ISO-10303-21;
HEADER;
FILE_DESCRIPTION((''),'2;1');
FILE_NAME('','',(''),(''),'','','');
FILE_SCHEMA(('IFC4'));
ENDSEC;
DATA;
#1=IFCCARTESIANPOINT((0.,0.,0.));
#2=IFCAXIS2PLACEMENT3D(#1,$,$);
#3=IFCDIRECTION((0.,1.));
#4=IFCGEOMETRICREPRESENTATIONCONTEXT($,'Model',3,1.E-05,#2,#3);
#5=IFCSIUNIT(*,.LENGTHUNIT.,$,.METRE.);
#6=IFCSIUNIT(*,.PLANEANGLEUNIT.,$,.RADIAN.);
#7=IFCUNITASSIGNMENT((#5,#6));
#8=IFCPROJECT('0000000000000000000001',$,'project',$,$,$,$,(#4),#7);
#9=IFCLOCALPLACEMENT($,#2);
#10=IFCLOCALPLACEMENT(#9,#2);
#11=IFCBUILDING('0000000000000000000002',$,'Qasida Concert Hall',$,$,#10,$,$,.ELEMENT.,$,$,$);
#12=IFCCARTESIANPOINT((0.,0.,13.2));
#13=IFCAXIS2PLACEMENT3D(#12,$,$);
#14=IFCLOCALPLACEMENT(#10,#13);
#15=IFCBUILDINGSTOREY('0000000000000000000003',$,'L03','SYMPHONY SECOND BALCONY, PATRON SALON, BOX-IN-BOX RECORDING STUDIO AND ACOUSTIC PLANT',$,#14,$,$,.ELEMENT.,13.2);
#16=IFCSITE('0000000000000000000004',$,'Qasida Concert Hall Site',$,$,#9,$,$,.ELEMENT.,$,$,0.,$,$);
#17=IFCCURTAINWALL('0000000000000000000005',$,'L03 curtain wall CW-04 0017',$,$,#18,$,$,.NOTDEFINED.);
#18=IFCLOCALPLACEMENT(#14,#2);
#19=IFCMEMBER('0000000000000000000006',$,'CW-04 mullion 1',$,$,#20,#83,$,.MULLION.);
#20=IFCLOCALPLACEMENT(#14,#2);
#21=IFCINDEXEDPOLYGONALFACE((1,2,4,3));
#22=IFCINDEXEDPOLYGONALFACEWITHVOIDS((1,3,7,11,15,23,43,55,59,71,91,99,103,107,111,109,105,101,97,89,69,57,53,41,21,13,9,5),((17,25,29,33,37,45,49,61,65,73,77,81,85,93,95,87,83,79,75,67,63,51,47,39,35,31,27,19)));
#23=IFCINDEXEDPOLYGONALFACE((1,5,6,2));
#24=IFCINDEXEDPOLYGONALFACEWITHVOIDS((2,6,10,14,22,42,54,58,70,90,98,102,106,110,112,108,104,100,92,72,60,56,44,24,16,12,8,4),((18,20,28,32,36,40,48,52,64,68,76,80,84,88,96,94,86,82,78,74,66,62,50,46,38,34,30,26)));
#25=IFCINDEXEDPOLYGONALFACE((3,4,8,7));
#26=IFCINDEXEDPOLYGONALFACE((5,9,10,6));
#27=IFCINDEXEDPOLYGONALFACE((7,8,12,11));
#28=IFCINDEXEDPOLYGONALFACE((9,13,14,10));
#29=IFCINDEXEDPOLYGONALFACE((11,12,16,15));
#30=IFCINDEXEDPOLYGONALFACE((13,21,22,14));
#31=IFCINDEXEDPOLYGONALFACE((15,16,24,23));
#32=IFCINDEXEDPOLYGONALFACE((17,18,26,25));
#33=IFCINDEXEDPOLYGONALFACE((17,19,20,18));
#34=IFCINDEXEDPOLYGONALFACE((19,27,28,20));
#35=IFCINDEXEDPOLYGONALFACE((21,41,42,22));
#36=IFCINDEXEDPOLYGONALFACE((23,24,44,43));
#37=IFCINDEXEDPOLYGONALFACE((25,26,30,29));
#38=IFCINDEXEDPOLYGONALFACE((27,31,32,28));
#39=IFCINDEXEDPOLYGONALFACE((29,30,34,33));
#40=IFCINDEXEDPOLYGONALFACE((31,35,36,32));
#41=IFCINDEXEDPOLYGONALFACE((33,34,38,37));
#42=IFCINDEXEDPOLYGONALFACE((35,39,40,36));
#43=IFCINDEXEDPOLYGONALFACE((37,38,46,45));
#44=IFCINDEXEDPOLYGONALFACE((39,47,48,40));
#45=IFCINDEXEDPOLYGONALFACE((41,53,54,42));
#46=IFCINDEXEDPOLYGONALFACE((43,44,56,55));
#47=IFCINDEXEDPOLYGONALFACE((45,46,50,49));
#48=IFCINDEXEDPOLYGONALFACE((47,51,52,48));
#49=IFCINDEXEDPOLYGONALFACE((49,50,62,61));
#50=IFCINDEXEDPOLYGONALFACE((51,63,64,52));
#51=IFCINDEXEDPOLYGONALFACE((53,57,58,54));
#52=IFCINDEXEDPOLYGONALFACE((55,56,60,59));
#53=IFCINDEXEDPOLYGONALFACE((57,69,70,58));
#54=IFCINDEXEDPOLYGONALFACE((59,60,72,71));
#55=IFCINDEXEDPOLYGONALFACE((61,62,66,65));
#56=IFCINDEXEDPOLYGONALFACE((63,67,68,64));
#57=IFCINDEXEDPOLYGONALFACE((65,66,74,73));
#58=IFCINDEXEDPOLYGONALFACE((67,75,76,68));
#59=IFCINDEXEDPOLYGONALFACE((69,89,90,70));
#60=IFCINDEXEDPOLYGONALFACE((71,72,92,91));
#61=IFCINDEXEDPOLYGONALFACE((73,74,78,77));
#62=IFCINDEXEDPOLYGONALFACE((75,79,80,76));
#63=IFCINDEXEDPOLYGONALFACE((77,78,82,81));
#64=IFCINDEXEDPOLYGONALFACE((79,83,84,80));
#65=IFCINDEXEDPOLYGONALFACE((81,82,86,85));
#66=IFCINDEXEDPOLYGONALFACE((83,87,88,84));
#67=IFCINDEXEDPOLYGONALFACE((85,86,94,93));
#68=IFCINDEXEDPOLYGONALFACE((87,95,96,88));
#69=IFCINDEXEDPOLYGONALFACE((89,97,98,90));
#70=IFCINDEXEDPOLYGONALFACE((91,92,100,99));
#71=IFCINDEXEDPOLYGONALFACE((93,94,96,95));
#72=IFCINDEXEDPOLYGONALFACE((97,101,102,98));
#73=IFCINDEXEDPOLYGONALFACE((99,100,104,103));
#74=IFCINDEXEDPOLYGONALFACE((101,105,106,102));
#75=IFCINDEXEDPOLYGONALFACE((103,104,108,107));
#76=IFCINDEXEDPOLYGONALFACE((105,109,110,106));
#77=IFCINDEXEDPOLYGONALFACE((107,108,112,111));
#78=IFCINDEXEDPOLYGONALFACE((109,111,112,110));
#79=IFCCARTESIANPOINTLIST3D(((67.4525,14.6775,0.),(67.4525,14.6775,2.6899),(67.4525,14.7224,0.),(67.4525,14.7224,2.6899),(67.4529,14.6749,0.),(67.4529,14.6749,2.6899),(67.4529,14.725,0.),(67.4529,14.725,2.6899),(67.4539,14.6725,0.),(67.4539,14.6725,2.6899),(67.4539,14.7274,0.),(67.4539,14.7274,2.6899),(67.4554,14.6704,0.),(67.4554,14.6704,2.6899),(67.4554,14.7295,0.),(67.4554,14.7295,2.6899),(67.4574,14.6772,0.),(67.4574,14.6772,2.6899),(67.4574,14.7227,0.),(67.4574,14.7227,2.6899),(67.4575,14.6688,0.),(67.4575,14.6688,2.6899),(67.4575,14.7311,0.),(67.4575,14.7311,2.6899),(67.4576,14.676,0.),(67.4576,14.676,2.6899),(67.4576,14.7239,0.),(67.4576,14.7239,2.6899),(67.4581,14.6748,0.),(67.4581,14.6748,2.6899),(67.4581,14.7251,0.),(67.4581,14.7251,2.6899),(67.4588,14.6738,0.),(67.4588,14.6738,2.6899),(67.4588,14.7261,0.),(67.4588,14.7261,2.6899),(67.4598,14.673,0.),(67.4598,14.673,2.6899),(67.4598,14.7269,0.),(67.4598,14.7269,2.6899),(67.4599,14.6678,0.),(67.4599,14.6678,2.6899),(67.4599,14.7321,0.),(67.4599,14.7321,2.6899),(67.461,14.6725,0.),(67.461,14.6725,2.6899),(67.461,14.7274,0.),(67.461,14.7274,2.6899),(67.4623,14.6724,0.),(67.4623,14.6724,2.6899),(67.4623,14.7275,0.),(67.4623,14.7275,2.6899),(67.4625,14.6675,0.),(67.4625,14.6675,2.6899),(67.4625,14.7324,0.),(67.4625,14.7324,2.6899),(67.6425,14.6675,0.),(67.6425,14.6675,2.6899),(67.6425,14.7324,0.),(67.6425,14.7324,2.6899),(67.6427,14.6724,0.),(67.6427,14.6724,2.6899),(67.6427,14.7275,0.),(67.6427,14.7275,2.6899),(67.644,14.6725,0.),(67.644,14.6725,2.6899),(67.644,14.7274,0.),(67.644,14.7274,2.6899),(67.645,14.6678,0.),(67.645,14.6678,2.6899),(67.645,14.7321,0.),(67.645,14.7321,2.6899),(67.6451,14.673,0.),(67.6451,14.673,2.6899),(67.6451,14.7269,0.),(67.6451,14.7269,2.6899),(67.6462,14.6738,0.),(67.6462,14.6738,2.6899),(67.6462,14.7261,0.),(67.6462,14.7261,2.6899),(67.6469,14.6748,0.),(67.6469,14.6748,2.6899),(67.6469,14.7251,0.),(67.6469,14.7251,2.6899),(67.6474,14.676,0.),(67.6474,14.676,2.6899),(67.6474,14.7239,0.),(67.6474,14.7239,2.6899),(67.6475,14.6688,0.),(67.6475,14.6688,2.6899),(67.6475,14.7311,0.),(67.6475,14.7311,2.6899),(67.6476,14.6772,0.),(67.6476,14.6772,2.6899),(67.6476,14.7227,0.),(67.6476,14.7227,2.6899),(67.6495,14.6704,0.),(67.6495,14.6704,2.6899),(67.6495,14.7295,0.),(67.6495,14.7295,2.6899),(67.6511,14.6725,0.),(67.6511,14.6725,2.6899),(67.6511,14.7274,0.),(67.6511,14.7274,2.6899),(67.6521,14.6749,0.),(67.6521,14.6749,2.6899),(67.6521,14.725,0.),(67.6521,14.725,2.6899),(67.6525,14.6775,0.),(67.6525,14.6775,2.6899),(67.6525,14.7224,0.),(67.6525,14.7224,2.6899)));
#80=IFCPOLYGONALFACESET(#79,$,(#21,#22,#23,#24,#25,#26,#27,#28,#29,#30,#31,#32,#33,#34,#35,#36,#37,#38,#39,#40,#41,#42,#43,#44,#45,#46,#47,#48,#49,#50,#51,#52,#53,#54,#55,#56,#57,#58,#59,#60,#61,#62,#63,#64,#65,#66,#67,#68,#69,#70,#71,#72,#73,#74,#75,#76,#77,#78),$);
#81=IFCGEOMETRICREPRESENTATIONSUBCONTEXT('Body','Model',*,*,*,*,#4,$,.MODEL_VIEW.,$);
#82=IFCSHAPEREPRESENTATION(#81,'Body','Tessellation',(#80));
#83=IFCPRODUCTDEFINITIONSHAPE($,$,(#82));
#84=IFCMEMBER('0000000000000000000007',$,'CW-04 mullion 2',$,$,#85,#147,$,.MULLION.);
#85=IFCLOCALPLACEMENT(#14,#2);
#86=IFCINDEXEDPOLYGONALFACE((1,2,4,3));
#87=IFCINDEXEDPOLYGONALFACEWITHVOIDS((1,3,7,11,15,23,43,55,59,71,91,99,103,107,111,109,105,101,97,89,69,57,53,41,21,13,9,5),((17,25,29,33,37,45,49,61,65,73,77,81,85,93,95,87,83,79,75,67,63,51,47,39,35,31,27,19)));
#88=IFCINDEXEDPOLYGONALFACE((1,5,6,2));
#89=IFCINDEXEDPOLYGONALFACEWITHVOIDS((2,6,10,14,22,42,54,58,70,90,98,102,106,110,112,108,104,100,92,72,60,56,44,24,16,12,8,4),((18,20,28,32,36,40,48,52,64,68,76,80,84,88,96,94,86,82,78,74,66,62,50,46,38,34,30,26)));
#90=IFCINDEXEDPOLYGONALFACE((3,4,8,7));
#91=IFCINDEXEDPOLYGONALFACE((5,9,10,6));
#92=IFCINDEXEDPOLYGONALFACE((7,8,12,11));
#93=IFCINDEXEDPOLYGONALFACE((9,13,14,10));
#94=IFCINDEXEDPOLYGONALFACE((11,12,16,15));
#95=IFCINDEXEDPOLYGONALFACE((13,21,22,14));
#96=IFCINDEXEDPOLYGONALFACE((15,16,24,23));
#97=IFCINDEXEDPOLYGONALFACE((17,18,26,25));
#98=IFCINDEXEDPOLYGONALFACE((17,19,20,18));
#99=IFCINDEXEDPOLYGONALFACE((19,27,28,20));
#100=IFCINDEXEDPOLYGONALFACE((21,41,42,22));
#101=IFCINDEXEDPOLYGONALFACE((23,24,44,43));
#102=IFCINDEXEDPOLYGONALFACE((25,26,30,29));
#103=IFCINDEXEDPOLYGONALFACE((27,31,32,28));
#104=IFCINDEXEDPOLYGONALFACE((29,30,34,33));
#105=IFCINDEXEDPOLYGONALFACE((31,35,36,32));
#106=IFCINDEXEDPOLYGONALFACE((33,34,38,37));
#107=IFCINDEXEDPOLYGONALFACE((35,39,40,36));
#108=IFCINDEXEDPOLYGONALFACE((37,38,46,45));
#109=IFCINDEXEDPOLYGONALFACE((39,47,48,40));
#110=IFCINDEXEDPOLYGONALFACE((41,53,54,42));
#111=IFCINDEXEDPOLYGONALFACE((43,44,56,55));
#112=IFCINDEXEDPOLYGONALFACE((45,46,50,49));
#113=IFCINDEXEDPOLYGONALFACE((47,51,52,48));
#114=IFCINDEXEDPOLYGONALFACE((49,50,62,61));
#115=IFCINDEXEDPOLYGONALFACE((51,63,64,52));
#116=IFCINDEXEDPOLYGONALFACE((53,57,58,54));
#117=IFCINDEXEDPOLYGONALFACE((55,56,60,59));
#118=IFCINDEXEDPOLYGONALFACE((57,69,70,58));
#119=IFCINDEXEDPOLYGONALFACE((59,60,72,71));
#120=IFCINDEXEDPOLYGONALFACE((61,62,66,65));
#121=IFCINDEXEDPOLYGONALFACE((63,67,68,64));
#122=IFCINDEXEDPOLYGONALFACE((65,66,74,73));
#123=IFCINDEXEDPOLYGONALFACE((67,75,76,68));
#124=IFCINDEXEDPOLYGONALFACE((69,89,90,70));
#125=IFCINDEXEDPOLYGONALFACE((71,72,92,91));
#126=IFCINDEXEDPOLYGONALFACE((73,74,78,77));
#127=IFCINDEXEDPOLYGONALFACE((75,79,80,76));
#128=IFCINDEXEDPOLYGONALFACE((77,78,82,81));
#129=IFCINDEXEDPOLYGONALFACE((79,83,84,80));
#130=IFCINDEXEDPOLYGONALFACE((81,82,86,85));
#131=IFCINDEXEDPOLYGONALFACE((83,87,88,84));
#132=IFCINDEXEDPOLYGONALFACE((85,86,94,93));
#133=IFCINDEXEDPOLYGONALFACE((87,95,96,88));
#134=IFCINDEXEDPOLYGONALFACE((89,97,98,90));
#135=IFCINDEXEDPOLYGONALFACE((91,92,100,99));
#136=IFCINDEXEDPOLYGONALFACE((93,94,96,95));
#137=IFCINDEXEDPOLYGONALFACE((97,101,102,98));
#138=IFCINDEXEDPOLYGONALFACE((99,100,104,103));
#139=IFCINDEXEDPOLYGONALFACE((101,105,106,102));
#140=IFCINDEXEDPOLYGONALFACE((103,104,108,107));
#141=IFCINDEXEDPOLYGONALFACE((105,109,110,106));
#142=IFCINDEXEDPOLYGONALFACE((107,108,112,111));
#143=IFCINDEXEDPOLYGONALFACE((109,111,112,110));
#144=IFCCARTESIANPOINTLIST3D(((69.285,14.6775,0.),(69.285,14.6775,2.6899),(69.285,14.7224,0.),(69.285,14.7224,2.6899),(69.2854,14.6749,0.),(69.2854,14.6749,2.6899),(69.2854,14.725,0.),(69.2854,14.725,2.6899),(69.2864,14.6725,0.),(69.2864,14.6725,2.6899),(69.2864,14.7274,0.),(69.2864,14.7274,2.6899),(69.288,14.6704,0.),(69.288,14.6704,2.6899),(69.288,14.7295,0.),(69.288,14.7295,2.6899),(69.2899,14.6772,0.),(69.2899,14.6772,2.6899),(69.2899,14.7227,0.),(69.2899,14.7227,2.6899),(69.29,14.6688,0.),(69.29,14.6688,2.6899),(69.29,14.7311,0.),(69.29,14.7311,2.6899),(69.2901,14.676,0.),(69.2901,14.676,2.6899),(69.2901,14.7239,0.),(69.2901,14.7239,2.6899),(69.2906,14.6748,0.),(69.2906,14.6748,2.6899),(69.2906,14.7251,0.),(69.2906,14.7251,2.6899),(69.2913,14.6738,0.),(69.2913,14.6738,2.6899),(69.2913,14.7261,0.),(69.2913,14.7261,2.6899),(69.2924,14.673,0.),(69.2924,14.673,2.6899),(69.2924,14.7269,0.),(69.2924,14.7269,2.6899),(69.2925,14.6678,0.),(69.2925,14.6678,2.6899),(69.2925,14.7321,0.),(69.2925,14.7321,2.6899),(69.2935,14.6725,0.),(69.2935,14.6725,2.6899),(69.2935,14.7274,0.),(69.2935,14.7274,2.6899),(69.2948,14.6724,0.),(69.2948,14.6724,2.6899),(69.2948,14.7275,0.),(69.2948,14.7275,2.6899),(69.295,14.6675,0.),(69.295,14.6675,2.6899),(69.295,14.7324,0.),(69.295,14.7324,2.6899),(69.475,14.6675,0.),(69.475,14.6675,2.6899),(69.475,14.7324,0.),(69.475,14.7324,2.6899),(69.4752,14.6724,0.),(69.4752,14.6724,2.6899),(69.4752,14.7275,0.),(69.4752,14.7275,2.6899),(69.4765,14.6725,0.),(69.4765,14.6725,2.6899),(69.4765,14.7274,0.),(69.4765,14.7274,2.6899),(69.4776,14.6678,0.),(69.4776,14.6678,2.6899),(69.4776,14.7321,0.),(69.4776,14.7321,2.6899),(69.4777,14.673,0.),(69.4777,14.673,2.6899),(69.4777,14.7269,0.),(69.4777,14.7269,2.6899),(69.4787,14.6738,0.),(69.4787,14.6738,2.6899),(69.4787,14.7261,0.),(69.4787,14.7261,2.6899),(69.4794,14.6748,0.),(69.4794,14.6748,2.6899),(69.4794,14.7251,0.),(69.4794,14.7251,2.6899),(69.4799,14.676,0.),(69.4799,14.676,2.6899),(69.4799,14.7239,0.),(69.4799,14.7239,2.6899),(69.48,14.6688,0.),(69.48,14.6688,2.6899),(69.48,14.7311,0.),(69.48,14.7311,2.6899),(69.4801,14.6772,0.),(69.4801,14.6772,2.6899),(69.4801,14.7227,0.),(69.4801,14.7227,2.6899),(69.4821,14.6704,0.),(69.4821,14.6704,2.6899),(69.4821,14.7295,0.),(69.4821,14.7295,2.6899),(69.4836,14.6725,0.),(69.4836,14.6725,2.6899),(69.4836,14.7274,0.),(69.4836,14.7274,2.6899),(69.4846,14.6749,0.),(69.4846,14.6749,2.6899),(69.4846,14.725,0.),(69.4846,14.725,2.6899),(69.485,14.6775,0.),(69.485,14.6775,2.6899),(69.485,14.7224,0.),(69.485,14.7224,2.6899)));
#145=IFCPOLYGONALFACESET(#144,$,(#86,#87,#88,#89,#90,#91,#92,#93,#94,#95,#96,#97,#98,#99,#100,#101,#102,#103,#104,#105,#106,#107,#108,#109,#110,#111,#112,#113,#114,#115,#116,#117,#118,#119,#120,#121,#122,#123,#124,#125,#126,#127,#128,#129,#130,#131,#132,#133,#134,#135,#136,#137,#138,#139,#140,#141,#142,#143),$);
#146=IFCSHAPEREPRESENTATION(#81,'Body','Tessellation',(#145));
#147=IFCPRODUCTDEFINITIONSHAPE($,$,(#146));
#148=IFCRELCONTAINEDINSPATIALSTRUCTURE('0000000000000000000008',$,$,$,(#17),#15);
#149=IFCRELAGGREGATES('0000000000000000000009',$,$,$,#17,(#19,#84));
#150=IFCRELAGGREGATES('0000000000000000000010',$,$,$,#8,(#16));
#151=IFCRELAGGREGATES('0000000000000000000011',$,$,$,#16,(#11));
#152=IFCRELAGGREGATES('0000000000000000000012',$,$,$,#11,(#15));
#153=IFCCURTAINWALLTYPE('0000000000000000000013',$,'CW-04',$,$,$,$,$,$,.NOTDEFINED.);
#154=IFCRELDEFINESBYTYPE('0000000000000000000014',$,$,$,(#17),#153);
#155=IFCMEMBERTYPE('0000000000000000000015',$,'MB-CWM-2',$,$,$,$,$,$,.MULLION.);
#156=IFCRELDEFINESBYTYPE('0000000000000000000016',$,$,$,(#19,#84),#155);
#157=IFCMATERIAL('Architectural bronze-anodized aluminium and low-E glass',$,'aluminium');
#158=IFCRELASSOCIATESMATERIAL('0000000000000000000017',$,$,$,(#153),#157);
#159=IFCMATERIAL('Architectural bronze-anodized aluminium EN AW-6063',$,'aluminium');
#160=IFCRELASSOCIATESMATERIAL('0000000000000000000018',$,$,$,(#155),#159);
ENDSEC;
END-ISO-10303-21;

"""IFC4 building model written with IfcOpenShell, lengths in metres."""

from ifc_helpers import new_model, si_unit, direction, frame, origin, origin_2d, place, context, subcontext, project, spatial, hollow_rectangle, extrude, material, material_profile, profile_set, type_object, element, aggregate, save


model = new_model("IFC4")

# Units and contexts
model_context = context("Model", 3, precision=1e-05, world=origin(), true_north=direction((0.0, 1.0)))
body_context = subcontext(model_context, "Body", "Model", "MODEL_VIEW")
ifc_project = project(units=[si_unit("LENGTHUNIT", "METRE"), si_unit("PLANEANGLEUNIT", "RADIAN")], contexts=[model_context])

# Site, building, storey
site_placement = place(None, origin())
site = spatial("IfcSite", under=ifc_project, at=site_placement, Name="Qasida Concert Hall Site", CompositionType="ELEMENT", RefElevation=0.0)
building_placement = place(site_placement, origin())
building = spatial("IfcBuilding", under=site, at=building_placement, Name="Qasida Concert Hall", CompositionType="ELEMENT")
storey_placement = place(building_placement, frame((0.0, 0.0, 13.2)))
storey = spatial("IfcBuildingStorey", under=building, at=storey_placement, Name="L03", Description="SYMPHONY SECOND BALCONY, PATRON SALON, BOX-IN-BOX RECORDING STUDIO AND ACOUSTIC PLANT", CompositionType="ELEMENT", Elevation=13.2)

# Curtain wall, members
ifc_material_1 = material(Name="Architectural bronze-anodized aluminium and low-E glass", Category="aluminium")
curtain_wall_type = type_object("IfcCurtainWallType", Name="CW-04", PredefinedType="NOTDEFINED", material=ifc_material_1)
ifc_material_2 = material(Name="Architectural bronze-anodized aluminium EN AW-6063", Category="aluminium")
ifc_material_profile_1 = material_profile(ifc_material_2, hollow_rectangle(XDim=0.0649, YDim=0.2, WallThickness=0.0049, InnerFilletRadius=0.0049, OuterFilletRadius=0.01, at=origin_2d()), Name="CWM 200x65x5")
ifc_profile_set_1 = profile_set([ifc_material_profile_1], Name="Architectural bronze-anodized aluminium EN AW-6063")
member_type_1 = type_object("IfcMemberType", Name="MB-CWM-2", PredefinedType="MULLION", material=ifc_profile_set_1)
curtain_wall_1_placement = place(storey_placement, origin())
curtain_wall_1 = element("IfcCurtainWall", 1, at=curtain_wall_1_placement, inside=storey, type_object=curtain_wall_type, Name="L03 curtain wall CW-04 0017", PredefinedType="NOTDEFINED")
member_1_placement = place(storey_placement, frame((67.5525, 14.7, 0.0), z_axis=(0.0, 0.0, 1.0), x_axis=(0.0, 1.0, 0.0)))
member_1 = element("IfcMember", 2, at=member_1_placement, type_object=member_type_1, Name="CW-04 mullion 1", PredefinedType="MULLION", context=body_context, shape_type="SweptSolid", body=[
    extrude(hollow_rectangle(XDim=0.0649, YDim=0.2, WallThickness=0.0049, InnerFilletRadius=0.0049, OuterFilletRadius=0.01, at=origin_2d()), origin(), (0.0, 0.0, 1.0), 2.6899),
])
member_2_placement = place(storey_placement, frame((69.385, 14.7, 0.0), z_axis=(0.0, 0.0, 1.0), x_axis=(0.0, 1.0, 0.0)))
member_2 = element("IfcMember", 3, at=member_2_placement, type_object=member_type_1, Name="CW-04 mullion 2", PredefinedType="MULLION", context=body_context, shape_type="SweptSolid", body=[
    extrude(hollow_rectangle(XDim=0.0649, YDim=0.2, WallThickness=0.0049, InnerFilletRadius=0.0049, OuterFilletRadius=0.01, at=origin_2d()), origin(), (0.0, 0.0, 1.0), 2.6899),
])

aggregate(curtain_wall_1, [member_1, member_2])

save(model, "model.ifc")
